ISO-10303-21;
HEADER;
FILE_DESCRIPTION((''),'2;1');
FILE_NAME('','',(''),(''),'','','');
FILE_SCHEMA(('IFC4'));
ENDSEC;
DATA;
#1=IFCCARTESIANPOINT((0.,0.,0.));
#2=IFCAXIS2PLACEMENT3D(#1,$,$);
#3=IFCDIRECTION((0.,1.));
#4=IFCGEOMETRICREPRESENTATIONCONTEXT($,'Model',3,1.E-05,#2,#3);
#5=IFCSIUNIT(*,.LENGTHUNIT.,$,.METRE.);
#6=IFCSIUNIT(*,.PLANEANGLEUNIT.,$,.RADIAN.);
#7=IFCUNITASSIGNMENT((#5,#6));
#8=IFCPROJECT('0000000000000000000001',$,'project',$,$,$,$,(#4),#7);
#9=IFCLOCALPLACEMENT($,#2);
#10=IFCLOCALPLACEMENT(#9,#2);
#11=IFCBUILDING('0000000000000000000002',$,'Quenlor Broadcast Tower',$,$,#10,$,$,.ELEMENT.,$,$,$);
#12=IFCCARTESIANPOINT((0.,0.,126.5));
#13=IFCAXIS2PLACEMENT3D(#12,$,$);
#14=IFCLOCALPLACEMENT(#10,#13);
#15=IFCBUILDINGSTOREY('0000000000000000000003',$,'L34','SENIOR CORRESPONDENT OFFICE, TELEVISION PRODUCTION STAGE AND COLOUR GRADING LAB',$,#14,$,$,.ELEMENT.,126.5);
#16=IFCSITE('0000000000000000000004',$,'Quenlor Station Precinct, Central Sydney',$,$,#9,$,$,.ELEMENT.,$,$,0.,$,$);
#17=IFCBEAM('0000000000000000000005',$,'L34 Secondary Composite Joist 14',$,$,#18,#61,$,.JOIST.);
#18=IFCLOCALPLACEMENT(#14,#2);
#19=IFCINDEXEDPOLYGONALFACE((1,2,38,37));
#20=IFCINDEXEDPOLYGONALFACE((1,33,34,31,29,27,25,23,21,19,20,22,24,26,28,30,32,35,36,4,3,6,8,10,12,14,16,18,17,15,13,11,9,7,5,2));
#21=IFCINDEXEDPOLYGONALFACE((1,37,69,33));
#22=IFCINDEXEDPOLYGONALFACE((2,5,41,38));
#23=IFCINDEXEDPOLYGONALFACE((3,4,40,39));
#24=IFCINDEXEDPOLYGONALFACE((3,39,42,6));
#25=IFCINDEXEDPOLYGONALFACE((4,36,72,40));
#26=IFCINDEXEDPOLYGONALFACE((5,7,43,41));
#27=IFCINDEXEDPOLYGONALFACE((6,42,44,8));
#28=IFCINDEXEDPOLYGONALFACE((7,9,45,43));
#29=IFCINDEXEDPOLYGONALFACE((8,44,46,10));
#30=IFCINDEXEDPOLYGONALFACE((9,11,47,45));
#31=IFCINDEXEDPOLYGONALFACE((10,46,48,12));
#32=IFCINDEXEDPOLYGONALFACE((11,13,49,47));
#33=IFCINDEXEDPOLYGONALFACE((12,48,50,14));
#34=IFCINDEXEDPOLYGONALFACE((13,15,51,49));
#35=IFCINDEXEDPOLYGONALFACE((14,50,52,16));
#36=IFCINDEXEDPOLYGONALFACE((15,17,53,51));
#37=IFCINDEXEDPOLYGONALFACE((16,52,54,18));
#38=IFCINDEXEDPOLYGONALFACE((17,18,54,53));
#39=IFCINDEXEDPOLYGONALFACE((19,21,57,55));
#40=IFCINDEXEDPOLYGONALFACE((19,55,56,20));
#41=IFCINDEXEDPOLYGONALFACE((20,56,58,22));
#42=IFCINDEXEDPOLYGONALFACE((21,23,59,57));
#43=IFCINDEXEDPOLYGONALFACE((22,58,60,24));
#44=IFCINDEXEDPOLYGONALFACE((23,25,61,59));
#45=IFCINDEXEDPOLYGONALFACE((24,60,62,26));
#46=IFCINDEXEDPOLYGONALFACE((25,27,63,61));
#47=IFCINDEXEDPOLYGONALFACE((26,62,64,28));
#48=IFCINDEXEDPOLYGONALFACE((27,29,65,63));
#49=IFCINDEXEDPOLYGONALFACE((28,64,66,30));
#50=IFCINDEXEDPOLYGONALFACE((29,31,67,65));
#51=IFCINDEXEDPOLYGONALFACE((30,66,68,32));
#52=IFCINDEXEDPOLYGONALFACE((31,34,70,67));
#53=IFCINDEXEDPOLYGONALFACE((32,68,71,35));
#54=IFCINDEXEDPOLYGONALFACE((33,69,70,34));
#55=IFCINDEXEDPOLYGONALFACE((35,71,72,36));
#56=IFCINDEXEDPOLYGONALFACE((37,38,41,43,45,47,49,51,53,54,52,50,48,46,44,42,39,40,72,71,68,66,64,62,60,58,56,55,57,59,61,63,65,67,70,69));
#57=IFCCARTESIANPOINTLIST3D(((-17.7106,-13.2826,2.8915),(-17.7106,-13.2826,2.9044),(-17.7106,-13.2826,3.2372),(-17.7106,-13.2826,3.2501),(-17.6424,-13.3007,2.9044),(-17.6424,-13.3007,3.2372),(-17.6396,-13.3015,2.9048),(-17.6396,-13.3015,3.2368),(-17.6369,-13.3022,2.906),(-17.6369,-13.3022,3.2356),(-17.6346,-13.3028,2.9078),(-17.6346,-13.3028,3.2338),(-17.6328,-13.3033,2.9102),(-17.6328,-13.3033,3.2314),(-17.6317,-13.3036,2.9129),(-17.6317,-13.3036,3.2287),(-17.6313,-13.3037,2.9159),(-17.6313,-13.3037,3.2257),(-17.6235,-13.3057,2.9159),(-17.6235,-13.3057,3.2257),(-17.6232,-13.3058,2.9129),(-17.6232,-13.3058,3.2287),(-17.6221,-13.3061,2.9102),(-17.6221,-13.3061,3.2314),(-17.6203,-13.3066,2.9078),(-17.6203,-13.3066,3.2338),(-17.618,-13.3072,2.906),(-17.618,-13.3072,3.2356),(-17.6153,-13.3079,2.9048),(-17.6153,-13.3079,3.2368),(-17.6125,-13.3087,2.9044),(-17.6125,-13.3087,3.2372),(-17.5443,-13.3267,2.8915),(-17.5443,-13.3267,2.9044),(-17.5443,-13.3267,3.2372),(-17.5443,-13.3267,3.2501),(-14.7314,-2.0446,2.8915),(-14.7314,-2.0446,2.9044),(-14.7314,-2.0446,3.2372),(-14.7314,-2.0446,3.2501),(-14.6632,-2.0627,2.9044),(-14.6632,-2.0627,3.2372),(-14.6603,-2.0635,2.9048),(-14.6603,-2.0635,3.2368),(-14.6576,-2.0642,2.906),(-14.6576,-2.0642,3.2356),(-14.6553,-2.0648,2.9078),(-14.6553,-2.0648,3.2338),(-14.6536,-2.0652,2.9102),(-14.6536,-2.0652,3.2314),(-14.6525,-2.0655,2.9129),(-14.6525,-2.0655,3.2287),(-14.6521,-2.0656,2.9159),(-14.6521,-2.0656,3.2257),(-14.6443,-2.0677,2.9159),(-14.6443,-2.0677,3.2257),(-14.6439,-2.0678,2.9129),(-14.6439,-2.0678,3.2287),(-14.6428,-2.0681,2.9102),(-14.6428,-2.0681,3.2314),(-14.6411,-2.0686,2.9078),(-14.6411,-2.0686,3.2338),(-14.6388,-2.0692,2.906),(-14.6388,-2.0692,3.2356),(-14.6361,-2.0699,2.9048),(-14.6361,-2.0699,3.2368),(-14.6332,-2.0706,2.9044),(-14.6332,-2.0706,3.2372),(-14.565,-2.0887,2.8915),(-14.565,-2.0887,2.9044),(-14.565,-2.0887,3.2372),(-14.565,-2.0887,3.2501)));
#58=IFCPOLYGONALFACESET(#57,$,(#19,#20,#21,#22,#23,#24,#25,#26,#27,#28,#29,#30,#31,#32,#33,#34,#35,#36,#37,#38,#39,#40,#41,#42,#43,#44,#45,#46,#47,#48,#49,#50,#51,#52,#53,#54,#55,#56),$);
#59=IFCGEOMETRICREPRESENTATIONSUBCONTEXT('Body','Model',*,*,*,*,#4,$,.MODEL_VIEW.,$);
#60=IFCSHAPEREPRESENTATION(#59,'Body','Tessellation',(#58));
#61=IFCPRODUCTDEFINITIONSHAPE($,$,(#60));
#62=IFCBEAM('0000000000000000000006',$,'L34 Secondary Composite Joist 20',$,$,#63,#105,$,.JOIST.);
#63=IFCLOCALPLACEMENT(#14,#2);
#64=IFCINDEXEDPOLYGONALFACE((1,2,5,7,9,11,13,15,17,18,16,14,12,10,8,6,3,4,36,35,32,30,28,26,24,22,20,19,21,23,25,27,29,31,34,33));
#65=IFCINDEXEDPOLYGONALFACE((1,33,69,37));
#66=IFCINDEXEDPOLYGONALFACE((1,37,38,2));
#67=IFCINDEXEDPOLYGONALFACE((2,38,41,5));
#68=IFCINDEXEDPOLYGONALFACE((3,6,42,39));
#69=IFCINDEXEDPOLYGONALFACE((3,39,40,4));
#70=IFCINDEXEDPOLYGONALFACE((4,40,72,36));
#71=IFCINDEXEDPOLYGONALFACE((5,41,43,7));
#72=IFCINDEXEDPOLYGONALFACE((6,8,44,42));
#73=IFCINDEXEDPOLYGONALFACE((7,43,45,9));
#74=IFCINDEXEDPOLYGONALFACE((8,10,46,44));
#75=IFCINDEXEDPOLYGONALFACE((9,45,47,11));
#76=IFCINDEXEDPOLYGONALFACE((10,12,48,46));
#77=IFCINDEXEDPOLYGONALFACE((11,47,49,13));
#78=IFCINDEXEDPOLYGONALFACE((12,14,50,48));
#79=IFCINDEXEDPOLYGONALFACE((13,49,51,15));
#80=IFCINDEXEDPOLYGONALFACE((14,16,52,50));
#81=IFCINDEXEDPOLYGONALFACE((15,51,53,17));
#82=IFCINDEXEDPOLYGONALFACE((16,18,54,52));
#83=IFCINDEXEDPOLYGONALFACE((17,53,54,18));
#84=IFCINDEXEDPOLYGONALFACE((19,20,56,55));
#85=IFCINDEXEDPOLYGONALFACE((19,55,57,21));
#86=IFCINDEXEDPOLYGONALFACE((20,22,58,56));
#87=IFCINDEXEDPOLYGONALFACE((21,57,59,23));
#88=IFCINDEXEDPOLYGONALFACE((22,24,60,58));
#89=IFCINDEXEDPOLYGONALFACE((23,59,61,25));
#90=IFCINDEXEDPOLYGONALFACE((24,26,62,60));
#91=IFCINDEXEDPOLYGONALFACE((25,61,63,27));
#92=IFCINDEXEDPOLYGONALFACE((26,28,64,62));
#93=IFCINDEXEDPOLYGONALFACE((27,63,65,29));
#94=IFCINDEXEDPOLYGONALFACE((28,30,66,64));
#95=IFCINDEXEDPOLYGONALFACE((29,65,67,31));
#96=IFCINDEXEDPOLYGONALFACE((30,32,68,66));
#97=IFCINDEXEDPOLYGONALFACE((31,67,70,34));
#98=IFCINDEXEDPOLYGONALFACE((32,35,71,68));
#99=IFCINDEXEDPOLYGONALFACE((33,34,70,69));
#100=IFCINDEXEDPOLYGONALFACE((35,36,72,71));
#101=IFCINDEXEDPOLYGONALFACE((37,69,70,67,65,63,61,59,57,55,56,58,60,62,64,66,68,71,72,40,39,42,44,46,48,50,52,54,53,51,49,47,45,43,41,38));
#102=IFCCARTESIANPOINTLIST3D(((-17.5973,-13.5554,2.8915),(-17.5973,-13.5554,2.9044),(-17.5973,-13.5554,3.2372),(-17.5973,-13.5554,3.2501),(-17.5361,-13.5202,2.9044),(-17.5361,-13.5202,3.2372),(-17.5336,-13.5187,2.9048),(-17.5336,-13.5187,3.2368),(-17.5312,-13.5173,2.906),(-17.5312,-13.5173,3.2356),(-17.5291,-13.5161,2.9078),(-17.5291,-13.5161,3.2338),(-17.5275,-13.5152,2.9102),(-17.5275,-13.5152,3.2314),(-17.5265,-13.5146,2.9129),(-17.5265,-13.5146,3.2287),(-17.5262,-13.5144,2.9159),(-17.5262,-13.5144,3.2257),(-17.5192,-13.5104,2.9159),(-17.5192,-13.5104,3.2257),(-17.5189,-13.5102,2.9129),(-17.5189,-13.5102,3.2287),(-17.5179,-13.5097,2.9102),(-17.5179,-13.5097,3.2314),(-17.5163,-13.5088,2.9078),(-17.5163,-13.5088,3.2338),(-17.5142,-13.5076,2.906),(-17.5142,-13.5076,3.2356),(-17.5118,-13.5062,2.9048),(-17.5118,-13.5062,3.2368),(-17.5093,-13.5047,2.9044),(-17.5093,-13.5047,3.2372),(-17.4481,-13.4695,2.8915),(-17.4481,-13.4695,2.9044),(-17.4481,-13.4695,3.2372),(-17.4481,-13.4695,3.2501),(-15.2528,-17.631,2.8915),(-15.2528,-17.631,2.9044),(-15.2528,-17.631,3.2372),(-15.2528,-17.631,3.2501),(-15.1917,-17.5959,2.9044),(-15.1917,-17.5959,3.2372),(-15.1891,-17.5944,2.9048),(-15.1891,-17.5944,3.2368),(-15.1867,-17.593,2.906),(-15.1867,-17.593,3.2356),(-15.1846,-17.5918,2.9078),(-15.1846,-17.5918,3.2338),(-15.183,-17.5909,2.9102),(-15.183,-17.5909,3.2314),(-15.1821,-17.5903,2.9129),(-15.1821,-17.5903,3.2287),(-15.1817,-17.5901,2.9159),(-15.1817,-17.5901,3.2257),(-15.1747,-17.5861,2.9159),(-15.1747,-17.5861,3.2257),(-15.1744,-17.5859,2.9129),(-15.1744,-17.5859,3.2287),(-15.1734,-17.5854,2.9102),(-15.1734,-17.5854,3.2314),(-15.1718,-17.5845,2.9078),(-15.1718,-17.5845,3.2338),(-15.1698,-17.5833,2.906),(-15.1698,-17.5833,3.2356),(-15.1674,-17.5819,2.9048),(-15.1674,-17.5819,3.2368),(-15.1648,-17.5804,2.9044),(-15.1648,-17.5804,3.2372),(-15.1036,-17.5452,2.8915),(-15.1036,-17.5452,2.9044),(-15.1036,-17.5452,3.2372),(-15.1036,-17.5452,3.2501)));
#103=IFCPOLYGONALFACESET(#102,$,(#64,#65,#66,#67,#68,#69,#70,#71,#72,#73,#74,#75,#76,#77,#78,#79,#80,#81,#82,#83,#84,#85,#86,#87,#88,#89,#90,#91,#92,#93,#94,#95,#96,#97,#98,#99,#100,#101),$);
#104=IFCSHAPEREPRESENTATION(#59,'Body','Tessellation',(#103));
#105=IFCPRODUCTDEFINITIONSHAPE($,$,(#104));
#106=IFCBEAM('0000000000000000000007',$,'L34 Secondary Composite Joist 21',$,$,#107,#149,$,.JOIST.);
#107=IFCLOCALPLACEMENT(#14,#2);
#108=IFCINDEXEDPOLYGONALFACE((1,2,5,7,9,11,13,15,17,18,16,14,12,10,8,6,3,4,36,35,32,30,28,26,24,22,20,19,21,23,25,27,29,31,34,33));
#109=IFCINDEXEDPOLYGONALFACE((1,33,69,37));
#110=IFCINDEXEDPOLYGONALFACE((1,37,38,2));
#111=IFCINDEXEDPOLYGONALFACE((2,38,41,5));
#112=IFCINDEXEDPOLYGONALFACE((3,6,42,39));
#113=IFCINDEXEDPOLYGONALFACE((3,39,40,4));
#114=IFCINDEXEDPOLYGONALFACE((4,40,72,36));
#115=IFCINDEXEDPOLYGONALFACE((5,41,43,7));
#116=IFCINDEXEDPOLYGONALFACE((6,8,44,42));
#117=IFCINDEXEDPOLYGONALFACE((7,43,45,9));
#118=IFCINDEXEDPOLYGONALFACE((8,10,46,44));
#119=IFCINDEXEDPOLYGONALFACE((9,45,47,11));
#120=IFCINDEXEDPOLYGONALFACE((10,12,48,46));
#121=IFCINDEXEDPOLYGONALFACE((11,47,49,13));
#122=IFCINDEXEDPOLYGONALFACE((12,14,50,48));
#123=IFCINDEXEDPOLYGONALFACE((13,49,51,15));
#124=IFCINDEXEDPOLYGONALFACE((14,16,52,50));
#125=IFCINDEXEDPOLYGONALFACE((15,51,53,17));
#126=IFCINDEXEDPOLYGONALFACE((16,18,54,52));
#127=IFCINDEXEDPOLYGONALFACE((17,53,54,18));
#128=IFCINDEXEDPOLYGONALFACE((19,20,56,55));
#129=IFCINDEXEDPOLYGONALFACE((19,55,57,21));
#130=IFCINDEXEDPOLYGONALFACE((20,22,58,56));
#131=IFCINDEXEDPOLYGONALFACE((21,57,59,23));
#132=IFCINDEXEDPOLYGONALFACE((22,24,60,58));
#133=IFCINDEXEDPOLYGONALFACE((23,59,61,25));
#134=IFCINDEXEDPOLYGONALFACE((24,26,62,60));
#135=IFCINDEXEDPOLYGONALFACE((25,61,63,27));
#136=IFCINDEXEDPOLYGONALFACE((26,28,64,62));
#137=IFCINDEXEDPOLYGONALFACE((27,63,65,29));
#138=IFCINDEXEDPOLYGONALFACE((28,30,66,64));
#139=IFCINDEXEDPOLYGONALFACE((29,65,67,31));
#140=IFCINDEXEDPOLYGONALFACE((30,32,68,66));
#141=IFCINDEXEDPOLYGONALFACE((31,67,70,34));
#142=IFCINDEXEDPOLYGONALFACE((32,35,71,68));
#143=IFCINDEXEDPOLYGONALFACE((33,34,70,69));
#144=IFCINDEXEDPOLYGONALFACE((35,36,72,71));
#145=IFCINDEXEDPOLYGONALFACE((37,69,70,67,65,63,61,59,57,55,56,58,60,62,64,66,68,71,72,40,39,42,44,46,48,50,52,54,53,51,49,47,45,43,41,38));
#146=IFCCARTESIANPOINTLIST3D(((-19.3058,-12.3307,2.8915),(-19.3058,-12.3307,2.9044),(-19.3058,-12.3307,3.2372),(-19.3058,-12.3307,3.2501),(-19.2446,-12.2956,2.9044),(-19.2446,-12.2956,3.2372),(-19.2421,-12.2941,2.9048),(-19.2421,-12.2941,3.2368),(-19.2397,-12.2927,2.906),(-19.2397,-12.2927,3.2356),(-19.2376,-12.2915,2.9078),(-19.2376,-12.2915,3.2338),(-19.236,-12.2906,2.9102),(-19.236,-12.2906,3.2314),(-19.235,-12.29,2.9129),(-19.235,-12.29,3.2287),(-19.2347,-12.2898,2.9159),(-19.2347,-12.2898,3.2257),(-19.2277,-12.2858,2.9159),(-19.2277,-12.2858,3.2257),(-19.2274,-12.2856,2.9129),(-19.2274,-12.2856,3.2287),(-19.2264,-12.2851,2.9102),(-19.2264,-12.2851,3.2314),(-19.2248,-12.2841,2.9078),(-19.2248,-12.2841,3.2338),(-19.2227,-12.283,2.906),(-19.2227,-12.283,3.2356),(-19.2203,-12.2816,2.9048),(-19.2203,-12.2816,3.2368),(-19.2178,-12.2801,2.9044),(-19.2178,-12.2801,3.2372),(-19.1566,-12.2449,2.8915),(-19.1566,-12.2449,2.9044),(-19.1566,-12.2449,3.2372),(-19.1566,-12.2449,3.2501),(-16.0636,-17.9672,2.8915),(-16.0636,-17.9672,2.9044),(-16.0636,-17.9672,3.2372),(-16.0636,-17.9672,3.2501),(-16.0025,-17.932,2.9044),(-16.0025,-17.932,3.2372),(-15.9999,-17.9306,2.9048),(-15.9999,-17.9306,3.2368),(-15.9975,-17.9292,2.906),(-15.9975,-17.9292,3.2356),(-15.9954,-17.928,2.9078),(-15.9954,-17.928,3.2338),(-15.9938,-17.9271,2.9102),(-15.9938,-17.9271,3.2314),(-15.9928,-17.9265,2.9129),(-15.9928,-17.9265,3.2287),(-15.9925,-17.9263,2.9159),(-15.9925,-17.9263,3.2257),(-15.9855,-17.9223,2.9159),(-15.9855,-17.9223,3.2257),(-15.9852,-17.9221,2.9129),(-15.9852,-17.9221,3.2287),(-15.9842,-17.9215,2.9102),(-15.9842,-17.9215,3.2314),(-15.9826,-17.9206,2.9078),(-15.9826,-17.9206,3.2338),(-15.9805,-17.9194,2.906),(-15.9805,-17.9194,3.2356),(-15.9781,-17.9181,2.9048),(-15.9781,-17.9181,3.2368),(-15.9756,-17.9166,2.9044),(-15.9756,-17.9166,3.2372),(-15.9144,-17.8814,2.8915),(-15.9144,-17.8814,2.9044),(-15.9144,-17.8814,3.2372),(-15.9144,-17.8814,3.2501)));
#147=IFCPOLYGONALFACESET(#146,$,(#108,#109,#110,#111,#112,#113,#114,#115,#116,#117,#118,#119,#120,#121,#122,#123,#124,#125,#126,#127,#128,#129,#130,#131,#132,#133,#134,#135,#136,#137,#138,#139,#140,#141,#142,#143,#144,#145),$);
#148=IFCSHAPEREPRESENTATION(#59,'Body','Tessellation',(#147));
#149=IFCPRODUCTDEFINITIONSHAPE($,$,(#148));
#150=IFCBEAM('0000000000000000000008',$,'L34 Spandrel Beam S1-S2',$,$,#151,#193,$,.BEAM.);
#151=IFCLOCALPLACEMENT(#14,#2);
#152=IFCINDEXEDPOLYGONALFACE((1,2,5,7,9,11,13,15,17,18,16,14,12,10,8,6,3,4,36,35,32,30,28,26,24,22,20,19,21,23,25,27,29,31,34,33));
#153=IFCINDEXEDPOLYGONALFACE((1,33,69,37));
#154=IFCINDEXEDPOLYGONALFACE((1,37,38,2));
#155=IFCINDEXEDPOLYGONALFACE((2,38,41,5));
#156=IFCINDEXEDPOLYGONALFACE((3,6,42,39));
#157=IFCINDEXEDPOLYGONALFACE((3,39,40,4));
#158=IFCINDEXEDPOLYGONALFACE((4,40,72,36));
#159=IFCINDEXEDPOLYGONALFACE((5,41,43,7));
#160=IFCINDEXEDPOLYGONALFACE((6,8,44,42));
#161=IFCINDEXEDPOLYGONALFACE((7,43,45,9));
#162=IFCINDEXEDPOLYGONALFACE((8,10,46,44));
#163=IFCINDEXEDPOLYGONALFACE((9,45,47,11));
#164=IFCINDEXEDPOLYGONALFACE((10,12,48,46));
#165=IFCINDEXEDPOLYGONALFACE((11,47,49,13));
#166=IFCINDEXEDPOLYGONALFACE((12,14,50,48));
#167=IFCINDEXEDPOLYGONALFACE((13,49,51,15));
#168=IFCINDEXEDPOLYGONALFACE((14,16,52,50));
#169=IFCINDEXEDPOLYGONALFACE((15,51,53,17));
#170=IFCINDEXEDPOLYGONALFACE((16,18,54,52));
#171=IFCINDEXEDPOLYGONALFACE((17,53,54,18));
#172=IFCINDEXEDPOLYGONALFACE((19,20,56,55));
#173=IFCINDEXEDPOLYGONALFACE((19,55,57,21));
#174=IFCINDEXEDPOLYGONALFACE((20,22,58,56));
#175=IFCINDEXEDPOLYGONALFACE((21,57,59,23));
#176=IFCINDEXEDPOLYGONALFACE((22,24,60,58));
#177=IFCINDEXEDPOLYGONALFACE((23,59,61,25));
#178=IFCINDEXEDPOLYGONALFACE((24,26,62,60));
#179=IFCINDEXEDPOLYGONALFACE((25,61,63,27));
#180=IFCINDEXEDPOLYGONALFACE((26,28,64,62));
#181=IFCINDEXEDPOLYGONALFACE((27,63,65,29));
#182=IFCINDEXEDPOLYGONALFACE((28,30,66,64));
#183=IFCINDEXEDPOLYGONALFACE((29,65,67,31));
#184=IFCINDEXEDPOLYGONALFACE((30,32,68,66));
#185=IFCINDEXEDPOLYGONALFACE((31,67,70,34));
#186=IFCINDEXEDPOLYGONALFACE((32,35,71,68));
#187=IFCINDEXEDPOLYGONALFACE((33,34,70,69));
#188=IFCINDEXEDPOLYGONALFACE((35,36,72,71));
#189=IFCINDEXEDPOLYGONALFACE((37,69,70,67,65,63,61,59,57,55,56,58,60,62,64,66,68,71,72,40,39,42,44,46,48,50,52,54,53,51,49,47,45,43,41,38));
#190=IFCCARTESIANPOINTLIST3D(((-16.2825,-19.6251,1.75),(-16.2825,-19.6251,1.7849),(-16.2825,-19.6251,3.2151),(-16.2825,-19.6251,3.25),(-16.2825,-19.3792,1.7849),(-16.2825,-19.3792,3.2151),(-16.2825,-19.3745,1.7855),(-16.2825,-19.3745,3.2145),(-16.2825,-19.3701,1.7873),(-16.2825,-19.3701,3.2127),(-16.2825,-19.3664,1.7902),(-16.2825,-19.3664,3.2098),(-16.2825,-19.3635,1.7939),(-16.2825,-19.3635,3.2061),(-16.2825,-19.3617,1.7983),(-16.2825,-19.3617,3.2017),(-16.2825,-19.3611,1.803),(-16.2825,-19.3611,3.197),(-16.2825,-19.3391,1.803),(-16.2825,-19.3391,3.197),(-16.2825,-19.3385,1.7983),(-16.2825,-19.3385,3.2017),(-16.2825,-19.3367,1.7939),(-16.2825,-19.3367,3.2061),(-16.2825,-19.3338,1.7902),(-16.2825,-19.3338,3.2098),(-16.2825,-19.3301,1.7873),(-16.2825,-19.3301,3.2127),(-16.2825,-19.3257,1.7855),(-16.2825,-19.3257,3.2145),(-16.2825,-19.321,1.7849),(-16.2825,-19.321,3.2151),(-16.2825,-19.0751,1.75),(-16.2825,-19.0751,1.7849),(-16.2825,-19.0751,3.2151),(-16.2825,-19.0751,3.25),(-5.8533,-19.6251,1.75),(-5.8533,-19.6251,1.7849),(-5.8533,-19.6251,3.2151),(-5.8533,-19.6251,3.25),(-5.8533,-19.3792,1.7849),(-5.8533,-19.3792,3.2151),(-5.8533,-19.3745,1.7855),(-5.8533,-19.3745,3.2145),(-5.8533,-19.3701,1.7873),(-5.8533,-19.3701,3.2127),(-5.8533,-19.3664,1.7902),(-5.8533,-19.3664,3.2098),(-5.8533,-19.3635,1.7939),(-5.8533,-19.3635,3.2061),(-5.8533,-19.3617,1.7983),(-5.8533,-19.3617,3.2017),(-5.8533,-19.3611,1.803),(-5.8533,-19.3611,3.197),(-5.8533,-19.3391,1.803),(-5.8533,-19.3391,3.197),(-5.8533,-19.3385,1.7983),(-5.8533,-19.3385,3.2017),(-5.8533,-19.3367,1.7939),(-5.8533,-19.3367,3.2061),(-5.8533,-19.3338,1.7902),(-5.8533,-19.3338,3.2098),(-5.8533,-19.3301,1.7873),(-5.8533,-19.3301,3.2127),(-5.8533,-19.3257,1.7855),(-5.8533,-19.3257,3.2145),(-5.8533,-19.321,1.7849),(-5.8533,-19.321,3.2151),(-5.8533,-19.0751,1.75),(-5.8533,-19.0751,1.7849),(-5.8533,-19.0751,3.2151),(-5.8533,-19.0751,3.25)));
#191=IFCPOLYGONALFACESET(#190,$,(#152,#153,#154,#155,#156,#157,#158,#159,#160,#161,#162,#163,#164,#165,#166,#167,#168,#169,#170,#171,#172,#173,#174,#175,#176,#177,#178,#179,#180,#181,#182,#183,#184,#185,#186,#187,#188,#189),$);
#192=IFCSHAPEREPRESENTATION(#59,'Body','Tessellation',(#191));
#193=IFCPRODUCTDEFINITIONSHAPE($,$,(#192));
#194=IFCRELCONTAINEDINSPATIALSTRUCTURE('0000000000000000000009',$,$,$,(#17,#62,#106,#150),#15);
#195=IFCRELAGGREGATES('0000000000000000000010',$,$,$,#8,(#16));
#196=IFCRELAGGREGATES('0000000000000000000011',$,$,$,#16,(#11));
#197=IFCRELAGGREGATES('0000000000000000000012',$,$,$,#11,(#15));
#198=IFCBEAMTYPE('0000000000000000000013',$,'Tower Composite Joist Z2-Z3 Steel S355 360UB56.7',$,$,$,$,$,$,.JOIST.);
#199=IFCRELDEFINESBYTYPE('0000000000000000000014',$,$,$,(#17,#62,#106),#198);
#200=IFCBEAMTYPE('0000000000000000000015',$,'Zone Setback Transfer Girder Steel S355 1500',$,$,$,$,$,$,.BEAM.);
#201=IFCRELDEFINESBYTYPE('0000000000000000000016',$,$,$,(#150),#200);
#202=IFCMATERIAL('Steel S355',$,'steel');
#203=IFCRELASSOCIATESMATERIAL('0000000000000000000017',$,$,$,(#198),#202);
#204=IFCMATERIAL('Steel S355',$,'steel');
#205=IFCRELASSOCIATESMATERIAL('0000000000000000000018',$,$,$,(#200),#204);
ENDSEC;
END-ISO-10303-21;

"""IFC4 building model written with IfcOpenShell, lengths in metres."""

from ifc_helpers import new_model, si_unit, direction, frame, origin, origin_2d, place, context, subcontext, project, spatial, i_section, extrude, material, material_profile, profile_set, type_object, element, save


model = new_model("IFC4")

# Units and contexts
model_context = context("Model", 3, precision=1e-05, world=origin(), true_north=direction((0.0, 1.0)))
body_context = subcontext(model_context, "Body", "Model", "MODEL_VIEW")
ifc_project = project(units=[si_unit("LENGTHUNIT", "METRE"), si_unit("PLANEANGLEUNIT", "RADIAN")], contexts=[model_context])

# Site, building, storey
site_placement = place(None, origin())
site = spatial("IfcSite", under=ifc_project, at=site_placement, Name="Quenlor Station Precinct, Central Sydney", CompositionType="ELEMENT", RefElevation=0.0)
building_placement = place(site_placement, origin())
building = spatial("IfcBuilding", under=site, at=building_placement, Name="Quenlor Broadcast Tower", CompositionType="ELEMENT")
storey_placement = place(building_placement, frame((0.0, 0.0, 126.5)))
storey = spatial("IfcBuildingStorey", under=building, at=storey_placement, Name="L34", Description="SENIOR CORRESPONDENT OFFICE, TELEVISION PRODUCTION STAGE AND COLOUR GRADING LAB", CompositionType="ELEMENT", Elevation=126.5)

# Beams
ifc_material_1 = material(Name="Steel S355", Category="steel")
ifc_material_profile_1 = material_profile(ifc_material_1, i_section(OverallWidth=0.1721, OverallDepth=0.3586, WebThickness=0.0081, FlangeThickness=0.0129, FilletRadius=0.0115, at=origin_2d()))
ifc_profile_set_1 = profile_set([ifc_material_profile_1], Name="Steel S355 360UB56.7")
beam_type_1 = type_object("IfcBeamType", Name="Tower Composite Joist Z2-Z3 Steel S355 360UB56.7", PredefinedType="JOIST", material=ifc_profile_set_1)
beam_1_placement = place(storey_placement, frame((-17.6274, -13.3047, 3.0708), z_axis=(0.256252, 0.96661, 0.0), x_axis=(-0.96661, 0.256252, 0.0)))
element("IfcBeam", 1, at=beam_1_placement, inside=storey, type_object=beam_type_1, Name="L34 Secondary Composite Joist 14", PredefinedType="JOIST", context=body_context, shape_type="SweptSolid", body=[
    extrude(i_section(OverallWidth=0.1721, OverallDepth=0.3586, WebThickness=0.0081, FlangeThickness=0.0129, FilletRadius=0.0115, at=origin_2d()), origin(), (0.0, 0.0, 1.0), 11.6262),
])
beam_2_placement = place(storey_placement, frame((-15.1782, -17.5881, 3.0708), z_axis=(-0.498625, 0.866818, 0.0), x_axis=(-0.866818, -0.498625, 0.0)))
element("IfcBeam", 2, at=beam_2_placement, inside=storey, type_object=beam_type_1, Name="L34 Secondary Composite Joist 20", PredefinedType="JOIST", context=body_context, shape_type="SweptSolid", body=[
    extrude(i_section(OverallWidth=0.1721, OverallDepth=0.3586, WebThickness=0.0081, FlangeThickness=0.0129, FilletRadius=0.0115, at=origin_2d()), origin(), (0.0, 0.0, 1.0), 4.7019),
])
beam_3_placement = place(storey_placement, frame((-15.989, -17.9243, 3.0708), z_axis=(-0.498611, 0.866826, 0.0), x_axis=(-0.866826, -0.498611, 0.0)))
element("IfcBeam", 3, at=beam_3_placement, inside=storey, type_object=beam_type_1, Name="L34 Secondary Composite Joist 21", PredefinedType="JOIST", context=body_context, shape_type="SweptSolid", body=[
    extrude(i_section(OverallWidth=0.1721, OverallDepth=0.3586, WebThickness=0.0081, FlangeThickness=0.0129, FilletRadius=0.0115, at=origin_2d()), origin(), (0.0, 0.0, 1.0), 6.5024),
])
ifc_material_2 = material(Name="Steel S355", Category="steel")
ifc_material_profile_2 = material_profile(ifc_material_2, i_section(OverallWidth=0.55, OverallDepth=1.5, WebThickness=0.022, FlangeThickness=0.0349, FilletRadius=0.0181, at=origin_2d()))
ifc_profile_set_2 = profile_set([ifc_material_profile_2], Name="Steel S355 1500TG510")
beam_type_2 = type_object("IfcBeamType", Name="Zone Setback Transfer Girder Steel S355 1500", PredefinedType="BEAM", material=ifc_profile_set_2)
beam_4_placement = place(storey_placement, frame((-16.2825, -19.3501, 2.5), z_axis=(1.0, 0.0, 0.0), x_axis=(0.0, 1.0, 0.0)))
element("IfcBeam", 4, at=beam_4_placement, inside=storey, type_object=beam_type_2, Name="L34 Spandrel Beam S1-S2", PredefinedType="BEAM", context=body_context, shape_type="SweptSolid", body=[
    extrude(i_section(OverallWidth=0.55, OverallDepth=1.5, WebThickness=0.022, FlangeThickness=0.0349, FilletRadius=0.0181, at=origin_2d()), origin(), (0.0, 0.0, 1.0), 10.4292),
])

save(model, "model.ifc")
